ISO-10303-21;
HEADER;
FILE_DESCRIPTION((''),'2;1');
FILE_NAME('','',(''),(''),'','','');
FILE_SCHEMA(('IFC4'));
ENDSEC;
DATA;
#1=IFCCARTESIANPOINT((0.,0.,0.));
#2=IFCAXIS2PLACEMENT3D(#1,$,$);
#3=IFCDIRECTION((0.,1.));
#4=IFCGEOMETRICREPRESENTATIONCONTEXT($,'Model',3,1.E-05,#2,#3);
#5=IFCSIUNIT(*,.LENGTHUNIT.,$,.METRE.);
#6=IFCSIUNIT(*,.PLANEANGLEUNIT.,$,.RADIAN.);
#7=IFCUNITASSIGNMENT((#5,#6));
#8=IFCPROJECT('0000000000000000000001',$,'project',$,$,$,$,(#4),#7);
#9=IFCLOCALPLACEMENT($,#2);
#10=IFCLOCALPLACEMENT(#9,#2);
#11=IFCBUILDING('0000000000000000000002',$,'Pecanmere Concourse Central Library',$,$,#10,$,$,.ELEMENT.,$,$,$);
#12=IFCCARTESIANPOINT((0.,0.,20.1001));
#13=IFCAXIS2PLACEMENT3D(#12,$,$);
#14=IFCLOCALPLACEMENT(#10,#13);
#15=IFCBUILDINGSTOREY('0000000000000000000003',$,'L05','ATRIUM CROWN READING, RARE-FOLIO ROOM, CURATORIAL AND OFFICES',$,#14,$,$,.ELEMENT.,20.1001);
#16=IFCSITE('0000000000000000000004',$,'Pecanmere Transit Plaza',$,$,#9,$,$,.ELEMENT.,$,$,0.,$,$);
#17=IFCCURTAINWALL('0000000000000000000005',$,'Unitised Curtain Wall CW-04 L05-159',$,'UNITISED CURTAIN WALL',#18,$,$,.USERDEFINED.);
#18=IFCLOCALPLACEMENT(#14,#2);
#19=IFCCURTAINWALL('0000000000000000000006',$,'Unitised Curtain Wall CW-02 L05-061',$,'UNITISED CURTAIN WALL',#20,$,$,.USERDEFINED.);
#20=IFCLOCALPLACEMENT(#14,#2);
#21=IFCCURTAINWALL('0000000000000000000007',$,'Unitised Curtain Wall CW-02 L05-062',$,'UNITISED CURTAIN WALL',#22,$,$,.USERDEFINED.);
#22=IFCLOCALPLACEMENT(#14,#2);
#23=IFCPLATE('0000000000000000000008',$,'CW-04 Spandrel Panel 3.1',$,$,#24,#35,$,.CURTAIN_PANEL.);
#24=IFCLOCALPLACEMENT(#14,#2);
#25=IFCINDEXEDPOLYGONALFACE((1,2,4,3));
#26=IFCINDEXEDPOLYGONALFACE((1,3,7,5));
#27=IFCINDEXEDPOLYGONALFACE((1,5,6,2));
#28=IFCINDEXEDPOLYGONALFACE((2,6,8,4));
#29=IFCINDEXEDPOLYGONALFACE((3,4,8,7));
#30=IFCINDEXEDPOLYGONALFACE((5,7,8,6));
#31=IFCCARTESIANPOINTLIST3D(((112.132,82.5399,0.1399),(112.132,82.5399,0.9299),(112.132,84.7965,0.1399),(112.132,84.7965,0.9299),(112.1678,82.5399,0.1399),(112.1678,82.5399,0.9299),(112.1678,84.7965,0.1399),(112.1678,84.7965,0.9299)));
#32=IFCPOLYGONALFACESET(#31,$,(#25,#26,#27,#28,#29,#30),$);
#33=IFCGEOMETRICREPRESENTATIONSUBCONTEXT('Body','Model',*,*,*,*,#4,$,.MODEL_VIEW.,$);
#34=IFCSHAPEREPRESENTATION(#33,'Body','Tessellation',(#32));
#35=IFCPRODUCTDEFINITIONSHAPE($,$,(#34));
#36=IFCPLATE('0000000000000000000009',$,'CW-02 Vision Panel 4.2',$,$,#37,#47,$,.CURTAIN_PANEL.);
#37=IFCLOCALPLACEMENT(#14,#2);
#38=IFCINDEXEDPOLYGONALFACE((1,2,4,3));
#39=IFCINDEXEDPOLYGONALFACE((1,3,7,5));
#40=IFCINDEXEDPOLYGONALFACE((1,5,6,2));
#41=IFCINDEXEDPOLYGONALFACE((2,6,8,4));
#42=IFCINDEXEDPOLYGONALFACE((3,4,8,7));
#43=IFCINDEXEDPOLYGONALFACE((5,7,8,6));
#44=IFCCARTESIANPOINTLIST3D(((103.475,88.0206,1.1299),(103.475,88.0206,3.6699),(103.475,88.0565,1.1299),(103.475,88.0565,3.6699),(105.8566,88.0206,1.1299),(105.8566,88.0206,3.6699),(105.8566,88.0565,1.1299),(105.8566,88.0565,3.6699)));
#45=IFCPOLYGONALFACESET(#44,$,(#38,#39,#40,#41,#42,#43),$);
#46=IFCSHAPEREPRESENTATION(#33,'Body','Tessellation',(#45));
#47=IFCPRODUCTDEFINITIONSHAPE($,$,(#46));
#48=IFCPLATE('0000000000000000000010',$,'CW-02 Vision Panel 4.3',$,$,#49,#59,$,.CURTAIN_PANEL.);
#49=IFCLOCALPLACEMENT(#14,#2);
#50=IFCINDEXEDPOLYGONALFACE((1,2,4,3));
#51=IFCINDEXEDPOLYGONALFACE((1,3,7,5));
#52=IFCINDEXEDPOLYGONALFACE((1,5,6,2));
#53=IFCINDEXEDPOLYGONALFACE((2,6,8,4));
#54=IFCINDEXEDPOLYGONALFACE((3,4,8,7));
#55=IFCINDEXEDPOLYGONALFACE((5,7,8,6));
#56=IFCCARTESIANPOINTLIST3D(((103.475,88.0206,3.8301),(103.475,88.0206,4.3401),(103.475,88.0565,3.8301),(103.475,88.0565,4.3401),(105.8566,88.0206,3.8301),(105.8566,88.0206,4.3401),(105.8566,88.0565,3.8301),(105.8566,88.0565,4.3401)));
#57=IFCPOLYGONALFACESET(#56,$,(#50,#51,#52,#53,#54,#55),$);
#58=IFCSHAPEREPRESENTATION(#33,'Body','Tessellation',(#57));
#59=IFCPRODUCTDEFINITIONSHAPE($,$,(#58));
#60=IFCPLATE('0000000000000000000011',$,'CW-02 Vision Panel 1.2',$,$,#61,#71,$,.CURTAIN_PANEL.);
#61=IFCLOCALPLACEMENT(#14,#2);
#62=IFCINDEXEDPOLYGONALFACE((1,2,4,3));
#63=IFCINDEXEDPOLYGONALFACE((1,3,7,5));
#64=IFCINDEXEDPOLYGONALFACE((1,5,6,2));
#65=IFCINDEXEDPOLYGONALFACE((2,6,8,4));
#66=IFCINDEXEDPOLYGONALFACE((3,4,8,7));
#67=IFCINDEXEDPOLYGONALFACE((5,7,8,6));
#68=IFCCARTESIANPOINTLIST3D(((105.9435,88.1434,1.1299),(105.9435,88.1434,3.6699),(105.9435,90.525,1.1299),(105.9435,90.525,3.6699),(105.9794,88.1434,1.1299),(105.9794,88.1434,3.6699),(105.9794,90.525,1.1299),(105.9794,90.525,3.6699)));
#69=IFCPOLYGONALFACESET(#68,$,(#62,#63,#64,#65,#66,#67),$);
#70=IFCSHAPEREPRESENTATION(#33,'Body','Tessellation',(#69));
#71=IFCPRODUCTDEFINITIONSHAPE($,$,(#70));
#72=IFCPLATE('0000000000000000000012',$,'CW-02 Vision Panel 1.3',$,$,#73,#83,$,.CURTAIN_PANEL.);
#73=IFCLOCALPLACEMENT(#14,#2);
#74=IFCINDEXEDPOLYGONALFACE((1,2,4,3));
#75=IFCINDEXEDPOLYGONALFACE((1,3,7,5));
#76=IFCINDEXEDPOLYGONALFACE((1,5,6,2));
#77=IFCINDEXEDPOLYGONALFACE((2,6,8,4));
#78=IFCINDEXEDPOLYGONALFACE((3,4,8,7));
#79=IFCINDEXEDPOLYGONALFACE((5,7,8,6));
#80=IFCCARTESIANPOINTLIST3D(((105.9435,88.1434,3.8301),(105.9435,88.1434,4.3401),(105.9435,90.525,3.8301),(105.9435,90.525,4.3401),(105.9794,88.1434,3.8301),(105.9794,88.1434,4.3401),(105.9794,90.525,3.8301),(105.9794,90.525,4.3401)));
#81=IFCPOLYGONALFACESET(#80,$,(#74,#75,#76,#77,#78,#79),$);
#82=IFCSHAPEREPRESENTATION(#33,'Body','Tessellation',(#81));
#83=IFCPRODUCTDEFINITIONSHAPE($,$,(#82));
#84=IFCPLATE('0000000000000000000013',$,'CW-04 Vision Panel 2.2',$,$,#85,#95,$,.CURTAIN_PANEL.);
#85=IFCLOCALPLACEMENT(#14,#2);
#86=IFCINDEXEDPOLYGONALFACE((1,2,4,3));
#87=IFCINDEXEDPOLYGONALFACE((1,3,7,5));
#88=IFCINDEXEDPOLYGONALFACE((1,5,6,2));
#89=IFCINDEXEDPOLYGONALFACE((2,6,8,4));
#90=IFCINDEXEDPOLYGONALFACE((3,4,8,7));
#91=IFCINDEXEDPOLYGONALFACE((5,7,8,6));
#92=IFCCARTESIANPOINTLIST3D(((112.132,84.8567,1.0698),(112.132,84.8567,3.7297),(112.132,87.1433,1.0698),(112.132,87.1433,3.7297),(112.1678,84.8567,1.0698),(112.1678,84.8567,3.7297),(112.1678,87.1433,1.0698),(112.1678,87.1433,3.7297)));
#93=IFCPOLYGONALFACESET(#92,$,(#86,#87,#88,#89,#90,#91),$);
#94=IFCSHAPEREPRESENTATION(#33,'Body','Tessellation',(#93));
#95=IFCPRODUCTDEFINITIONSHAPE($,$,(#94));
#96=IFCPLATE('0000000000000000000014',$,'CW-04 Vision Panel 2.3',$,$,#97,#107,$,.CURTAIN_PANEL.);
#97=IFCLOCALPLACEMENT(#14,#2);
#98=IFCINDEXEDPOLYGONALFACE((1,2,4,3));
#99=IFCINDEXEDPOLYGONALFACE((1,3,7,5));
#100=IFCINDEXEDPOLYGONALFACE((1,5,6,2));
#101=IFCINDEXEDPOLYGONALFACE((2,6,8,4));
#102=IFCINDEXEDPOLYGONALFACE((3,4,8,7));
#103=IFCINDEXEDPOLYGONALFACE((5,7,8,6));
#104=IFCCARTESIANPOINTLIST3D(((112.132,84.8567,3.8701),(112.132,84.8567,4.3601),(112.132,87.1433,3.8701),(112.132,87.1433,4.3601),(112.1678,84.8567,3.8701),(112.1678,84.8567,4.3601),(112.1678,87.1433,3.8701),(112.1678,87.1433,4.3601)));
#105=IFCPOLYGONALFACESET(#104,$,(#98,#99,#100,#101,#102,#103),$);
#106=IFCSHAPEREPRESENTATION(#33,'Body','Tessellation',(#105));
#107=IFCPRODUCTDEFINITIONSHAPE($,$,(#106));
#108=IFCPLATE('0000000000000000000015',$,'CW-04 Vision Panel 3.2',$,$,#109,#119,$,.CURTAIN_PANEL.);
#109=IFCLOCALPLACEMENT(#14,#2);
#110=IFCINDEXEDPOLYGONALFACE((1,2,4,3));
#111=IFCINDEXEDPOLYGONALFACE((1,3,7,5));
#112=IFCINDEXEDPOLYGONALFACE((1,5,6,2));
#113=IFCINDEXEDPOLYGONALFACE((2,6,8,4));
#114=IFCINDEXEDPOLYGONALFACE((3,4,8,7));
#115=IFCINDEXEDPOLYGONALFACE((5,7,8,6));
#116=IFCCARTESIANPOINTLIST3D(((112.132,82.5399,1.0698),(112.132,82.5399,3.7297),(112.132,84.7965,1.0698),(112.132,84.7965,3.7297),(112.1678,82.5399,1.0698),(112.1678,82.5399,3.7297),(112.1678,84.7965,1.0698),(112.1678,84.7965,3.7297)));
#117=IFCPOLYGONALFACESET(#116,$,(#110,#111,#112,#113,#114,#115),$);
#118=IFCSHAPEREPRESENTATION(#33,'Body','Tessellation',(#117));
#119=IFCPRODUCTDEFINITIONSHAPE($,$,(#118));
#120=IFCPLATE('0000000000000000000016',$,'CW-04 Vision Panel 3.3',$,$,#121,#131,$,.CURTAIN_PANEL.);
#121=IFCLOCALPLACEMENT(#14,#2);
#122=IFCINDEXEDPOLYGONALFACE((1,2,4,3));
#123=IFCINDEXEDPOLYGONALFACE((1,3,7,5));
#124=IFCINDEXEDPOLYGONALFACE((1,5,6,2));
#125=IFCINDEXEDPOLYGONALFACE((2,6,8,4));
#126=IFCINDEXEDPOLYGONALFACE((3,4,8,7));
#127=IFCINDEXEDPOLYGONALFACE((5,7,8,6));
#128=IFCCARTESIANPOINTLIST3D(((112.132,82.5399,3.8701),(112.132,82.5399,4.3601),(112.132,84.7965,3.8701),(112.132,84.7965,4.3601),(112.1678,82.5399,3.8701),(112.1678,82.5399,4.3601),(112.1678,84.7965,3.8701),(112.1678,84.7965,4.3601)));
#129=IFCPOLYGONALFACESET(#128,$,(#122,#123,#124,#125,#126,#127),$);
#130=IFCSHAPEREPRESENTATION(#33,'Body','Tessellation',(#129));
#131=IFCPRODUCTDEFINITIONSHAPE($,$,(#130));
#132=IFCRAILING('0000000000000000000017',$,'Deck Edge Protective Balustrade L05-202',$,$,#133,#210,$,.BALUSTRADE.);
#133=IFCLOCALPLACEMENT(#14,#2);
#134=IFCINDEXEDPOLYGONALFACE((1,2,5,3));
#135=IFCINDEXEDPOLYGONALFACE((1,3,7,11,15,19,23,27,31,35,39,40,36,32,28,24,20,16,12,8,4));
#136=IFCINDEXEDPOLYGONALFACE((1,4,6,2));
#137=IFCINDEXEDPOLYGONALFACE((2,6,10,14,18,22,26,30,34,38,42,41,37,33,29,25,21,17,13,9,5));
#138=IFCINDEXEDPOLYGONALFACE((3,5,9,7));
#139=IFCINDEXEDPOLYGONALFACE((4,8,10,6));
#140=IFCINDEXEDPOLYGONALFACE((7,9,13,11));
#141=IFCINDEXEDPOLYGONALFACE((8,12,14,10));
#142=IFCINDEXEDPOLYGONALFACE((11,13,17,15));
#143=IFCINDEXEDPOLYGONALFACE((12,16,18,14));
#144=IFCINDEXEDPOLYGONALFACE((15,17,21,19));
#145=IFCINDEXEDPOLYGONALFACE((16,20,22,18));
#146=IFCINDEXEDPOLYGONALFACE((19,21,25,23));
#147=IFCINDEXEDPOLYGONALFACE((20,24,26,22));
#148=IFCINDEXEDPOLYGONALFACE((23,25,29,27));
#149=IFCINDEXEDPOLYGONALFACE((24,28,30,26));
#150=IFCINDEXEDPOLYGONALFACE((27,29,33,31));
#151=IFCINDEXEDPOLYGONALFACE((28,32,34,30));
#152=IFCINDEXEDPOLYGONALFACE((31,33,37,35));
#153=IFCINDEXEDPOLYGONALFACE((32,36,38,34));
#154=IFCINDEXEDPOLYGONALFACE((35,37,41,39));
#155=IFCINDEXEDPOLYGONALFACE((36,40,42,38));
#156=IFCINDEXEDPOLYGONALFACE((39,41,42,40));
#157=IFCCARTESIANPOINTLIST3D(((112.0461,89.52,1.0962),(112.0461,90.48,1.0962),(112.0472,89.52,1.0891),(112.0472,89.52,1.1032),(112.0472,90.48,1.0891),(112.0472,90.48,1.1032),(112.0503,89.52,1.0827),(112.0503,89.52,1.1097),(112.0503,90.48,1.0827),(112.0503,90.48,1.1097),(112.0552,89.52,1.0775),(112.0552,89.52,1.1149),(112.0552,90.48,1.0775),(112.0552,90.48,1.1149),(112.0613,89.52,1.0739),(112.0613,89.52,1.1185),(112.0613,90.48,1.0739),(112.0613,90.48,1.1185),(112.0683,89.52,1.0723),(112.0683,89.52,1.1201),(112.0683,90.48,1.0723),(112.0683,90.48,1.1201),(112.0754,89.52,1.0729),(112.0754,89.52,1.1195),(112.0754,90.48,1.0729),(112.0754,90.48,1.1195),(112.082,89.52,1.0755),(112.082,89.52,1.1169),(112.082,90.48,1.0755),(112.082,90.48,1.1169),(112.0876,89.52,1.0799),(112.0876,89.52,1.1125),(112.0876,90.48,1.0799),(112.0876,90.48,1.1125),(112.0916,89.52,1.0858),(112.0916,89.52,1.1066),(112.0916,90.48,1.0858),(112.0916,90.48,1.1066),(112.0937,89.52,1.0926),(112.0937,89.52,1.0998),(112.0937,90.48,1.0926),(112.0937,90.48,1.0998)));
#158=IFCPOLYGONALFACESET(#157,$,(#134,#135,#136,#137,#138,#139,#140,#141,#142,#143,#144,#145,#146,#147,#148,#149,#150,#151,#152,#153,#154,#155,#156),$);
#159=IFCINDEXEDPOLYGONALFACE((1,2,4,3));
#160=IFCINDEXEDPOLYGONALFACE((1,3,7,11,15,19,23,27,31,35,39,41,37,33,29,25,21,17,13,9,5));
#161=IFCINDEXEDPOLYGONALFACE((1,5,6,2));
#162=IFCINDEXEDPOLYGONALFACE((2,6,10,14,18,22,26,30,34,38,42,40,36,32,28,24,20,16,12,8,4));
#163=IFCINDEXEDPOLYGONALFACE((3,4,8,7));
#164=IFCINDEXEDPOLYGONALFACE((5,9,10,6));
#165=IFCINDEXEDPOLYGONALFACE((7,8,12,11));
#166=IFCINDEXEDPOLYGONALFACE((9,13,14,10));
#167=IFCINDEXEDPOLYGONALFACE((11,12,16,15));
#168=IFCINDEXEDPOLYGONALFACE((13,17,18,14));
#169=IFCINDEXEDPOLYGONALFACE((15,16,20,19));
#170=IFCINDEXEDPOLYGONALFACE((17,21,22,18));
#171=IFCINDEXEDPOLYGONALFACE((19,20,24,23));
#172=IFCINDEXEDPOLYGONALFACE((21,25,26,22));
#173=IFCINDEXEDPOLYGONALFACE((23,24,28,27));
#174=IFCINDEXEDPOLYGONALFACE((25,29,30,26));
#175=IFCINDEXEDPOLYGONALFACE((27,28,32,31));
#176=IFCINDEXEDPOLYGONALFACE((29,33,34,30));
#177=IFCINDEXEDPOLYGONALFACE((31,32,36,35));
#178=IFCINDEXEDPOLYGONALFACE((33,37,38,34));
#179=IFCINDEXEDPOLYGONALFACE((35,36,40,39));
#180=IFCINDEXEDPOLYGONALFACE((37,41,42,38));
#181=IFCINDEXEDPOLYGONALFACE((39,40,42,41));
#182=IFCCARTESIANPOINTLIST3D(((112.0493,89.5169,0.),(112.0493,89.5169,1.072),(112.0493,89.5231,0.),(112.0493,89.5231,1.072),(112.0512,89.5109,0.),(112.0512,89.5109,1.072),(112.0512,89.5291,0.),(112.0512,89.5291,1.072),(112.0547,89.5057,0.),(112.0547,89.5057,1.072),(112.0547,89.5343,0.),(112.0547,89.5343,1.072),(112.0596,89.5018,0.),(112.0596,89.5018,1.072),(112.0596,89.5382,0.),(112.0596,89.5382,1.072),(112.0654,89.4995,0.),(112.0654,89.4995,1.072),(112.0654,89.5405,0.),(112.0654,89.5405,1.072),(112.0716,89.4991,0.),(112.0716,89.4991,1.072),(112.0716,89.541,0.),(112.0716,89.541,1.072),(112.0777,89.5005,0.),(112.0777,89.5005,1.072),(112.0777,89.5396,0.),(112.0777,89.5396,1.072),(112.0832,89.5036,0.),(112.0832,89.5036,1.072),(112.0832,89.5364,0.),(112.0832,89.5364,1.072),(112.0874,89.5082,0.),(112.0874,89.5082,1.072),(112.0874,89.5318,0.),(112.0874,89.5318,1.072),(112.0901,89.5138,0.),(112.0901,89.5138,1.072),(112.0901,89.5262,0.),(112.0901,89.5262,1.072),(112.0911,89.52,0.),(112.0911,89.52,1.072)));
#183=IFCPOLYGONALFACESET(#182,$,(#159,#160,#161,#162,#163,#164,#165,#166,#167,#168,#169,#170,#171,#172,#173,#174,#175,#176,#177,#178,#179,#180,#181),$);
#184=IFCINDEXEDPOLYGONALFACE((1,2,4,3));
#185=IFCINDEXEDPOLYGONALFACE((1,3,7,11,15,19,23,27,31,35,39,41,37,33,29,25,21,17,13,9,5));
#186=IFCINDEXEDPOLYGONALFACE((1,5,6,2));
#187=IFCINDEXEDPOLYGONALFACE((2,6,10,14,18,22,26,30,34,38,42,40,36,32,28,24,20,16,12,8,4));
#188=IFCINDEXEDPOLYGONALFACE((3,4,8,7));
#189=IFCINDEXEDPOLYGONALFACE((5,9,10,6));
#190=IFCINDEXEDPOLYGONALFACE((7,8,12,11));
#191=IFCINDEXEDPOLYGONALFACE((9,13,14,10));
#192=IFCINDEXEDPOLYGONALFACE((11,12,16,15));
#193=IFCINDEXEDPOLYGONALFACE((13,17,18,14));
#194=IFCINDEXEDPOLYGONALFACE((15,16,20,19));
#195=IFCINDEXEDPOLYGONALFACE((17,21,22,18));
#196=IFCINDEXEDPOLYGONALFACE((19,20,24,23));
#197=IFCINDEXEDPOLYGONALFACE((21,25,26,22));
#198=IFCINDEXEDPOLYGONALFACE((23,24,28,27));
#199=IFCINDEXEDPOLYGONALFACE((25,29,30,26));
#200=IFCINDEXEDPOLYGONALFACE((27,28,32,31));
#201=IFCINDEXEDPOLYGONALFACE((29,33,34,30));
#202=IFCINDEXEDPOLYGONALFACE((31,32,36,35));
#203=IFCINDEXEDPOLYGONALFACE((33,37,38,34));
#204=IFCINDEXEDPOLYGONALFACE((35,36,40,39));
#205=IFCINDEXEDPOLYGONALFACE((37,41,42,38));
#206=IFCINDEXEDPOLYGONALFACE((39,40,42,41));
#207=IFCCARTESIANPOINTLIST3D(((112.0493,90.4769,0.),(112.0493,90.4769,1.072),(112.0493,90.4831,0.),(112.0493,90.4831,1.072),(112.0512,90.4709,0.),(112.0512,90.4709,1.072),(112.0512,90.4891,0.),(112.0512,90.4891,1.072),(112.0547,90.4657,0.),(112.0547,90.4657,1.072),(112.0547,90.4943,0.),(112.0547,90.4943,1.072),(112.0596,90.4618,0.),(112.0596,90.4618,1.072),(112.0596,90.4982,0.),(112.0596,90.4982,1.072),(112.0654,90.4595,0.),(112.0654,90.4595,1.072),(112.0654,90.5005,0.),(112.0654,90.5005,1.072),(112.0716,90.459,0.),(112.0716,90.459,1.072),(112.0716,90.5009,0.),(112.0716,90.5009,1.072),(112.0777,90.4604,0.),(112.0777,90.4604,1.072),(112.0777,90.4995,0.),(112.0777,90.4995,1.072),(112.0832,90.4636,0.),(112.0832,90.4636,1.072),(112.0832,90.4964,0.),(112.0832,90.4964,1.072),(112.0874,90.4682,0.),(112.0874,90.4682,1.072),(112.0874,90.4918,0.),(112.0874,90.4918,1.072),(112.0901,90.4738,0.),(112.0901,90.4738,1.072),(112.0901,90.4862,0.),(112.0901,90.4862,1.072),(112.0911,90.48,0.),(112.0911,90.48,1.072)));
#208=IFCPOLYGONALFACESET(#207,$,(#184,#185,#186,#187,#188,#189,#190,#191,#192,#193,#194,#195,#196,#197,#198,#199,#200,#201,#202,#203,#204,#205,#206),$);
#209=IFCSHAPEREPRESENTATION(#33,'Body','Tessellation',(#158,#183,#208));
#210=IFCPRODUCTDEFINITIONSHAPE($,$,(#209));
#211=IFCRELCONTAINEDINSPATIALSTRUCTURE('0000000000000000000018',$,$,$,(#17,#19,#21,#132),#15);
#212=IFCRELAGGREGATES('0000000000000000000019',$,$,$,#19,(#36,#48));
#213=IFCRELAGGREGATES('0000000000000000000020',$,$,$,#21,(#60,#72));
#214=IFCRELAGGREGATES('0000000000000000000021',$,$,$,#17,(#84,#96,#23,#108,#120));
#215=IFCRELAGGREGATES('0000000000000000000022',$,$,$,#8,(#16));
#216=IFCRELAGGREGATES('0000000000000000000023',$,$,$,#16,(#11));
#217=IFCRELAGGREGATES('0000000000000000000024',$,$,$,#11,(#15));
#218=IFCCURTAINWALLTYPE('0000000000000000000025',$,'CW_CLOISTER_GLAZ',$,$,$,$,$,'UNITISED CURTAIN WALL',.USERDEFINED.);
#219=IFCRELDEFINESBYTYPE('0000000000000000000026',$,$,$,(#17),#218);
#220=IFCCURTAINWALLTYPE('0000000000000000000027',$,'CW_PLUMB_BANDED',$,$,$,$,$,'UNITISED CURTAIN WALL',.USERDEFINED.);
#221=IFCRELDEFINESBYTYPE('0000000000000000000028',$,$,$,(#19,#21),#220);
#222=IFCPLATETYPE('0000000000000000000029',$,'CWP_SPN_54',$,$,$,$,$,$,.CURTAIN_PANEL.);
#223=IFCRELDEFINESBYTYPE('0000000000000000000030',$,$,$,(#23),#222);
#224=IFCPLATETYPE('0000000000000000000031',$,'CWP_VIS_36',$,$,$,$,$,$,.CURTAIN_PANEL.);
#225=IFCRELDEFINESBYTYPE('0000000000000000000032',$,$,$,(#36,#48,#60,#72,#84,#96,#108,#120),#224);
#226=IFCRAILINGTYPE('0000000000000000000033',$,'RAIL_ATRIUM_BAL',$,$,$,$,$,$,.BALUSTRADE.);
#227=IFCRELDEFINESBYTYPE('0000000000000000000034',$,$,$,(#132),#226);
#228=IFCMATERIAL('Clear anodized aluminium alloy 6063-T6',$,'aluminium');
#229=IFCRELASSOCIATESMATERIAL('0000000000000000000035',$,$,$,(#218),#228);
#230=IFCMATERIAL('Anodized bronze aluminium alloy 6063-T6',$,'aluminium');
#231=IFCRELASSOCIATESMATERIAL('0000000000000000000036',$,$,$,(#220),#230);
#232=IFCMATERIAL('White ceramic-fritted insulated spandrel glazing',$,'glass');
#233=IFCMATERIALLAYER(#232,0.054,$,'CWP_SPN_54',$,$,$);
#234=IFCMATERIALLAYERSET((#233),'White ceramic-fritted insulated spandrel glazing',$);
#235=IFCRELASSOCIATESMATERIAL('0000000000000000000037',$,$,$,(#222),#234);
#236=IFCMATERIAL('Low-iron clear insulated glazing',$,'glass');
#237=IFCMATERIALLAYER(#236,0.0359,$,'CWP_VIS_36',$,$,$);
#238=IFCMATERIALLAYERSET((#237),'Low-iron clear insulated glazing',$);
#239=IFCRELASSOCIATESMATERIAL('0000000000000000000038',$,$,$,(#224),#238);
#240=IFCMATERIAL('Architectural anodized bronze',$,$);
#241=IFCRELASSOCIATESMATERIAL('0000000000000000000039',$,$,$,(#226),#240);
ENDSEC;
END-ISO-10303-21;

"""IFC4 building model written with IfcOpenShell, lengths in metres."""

from ifc_helpers import new_model, si_unit, direction, frame, origin, origin_2d, place, context, subcontext, project, spatial, rectangle, circle, extrude, material, layer, layer_set, type_object, element, aggregate, save


model = new_model("IFC4")

# Units and contexts
model_context = context("Model", 3, precision=1e-05, world=origin(), true_north=direction((0.0, 1.0)))
body_context = subcontext(model_context, "Body", "Model", "MODEL_VIEW")
ifc_project = project(units=[si_unit("LENGTHUNIT", "METRE"), si_unit("PLANEANGLEUNIT", "RADIAN")], contexts=[model_context])

# Site, building, storey
site_placement = place(None, origin())
site = spatial("IfcSite", under=ifc_project, at=site_placement, Name="Pecanmere Transit Plaza", CompositionType="ELEMENT", RefElevation=0.0)
building_placement = place(site_placement, origin())
building = spatial("IfcBuilding", under=site, at=building_placement, Name="Pecanmere Concourse Central Library", CompositionType="ELEMENT")
storey_placement = place(building_placement, frame((0.0, 0.0, 20.1001)))
storey = spatial("IfcBuildingStorey", under=building, at=storey_placement, Name="L05", Description="ATRIUM CROWN READING, RARE-FOLIO ROOM, CURATORIAL AND OFFICES", CompositionType="ELEMENT", Elevation=20.1001)

# Curtain wall
ifc_material_1 = material(Name="Clear anodized aluminium alloy 6063-T6", Category="aluminium")
curtain_wall_type_1 = type_object("IfcCurtainWallType", Name="CW_CLOISTER_GLAZ", ElementType="UNITISED CURTAIN WALL", PredefinedType="USERDEFINED", material=ifc_material_1)
curtain_wall_1_placement = place(storey_placement, origin())
curtain_wall_1 = element("IfcCurtainWall", 1, at=curtain_wall_1_placement, inside=storey, type_object=curtain_wall_type_1, Name="Unitised Curtain Wall CW-04 L05-159", ObjectType="UNITISED CURTAIN WALL", PredefinedType="USERDEFINED")

# Curtain wall
ifc_material_2 = material(Name="Anodized bronze aluminium alloy 6063-T6", Category="aluminium")
curtain_wall_type_2 = type_object("IfcCurtainWallType", Name="CW_PLUMB_BANDED", ElementType="UNITISED CURTAIN WALL", PredefinedType="USERDEFINED", material=ifc_material_2)
curtain_wall_2_placement = place(storey_placement, origin())
curtain_wall_2 = element("IfcCurtainWall", 2, at=curtain_wall_2_placement, inside=storey, type_object=curtain_wall_type_2, Name="Unitised Curtain Wall CW-02 L05-061", ObjectType="UNITISED CURTAIN WALL", PredefinedType="USERDEFINED")

# Curtain wall
curtain_wall_3_placement = place(storey_placement, origin())
curtain_wall_3 = element("IfcCurtainWall", 3, at=curtain_wall_3_placement, inside=storey, type_object=curtain_wall_type_2, Name="Unitised Curtain Wall CW-02 L05-062", ObjectType="UNITISED CURTAIN WALL", PredefinedType="USERDEFINED")

# Plates
ifc_material_3 = material(Name="White ceramic-fritted insulated spandrel glazing", Category="glass")
ifc_layer_1 = layer(ifc_material_3, 0.054, Name="CWP_SPN_54")
ifc_layer_set_1 = layer_set([ifc_layer_1], Name="White ceramic-fritted insulated spandrel glazing")
plate_type_1 = type_object("IfcPlateType", Name="CWP_SPN_54", PredefinedType="CURTAIN_PANEL", material=ifc_layer_set_1)
plate_1_placement = place(storey_placement, frame((112.1499, 83.6682, 0.1399), z_axis=(0.0, 0.0, 1.0), x_axis=(0.0, -1.0, 0.0)))
plate_1 = element("IfcPlate", 4, at=plate_1_placement, type_object=plate_type_1, Name="CW-04 Spandrel Panel 3.1", PredefinedType="CURTAIN_PANEL", context=body_context, shape_type="SweptSolid", body=[
    extrude(rectangle(XDim=2.2566, YDim=0.0359, at=origin_2d()), origin(), (0.0, 0.0, 1.0), 0.79),
])
ifc_material_4 = material(Name="Low-iron clear insulated glazing", Category="glass")
ifc_layer_2 = layer(ifc_material_4, 0.0359, Name="CWP_VIS_36")
ifc_layer_set_2 = layer_set([ifc_layer_2], Name="Low-iron clear insulated glazing")
plate_type_2 = type_object("IfcPlateType", Name="CWP_VIS_36", PredefinedType="CURTAIN_PANEL", material=ifc_layer_set_2)
plate_2_placement = place(storey_placement, frame((104.6658, 88.0386, 1.1299), z_axis=(0.0, 0.0, 1.0), x_axis=(1.0, 0.0, 0.0)))
plate_2 = element("IfcPlate", 5, at=plate_2_placement, type_object=plate_type_2, Name="CW-02 Vision Panel 4.2", PredefinedType="CURTAIN_PANEL", context=body_context, shape_type="SweptSolid", body=[
    extrude(rectangle(XDim=2.3816, YDim=0.0359, at=origin_2d()), origin(), (0.0, 0.0, 1.0), 2.54),
])
plate_3_placement = place(storey_placement, frame((104.6658, 88.0386, 3.8301), z_axis=(0.0, 0.0, 1.0), x_axis=(1.0, 0.0, 0.0)))
plate_3 = element("IfcPlate", 6, at=plate_3_placement, type_object=plate_type_2, Name="CW-02 Vision Panel 4.3", PredefinedType="CURTAIN_PANEL", context=body_context, shape_type="SweptSolid", body=[
    extrude(rectangle(XDim=2.3816, YDim=0.0359, at=origin_2d()), origin(), (0.0, 0.0, 1.0), 0.51),
])
aggregate(curtain_wall_2, [plate_2, plate_3])
plate_4_placement = place(storey_placement, frame((105.9614, 89.3342, 1.1299), z_axis=(0.0, 0.0, 1.0), x_axis=(0.0, 1.0, 0.0)))
plate_4 = element("IfcPlate", 7, at=plate_4_placement, type_object=plate_type_2, Name="CW-02 Vision Panel 1.2", PredefinedType="CURTAIN_PANEL", context=body_context, shape_type="SweptSolid", body=[
    extrude(rectangle(XDim=2.3816, YDim=0.0359, at=origin_2d()), origin(), (0.0, 0.0, 1.0), 2.54),
])
plate_5_placement = place(storey_placement, frame((105.9614, 89.3342, 3.8301), z_axis=(0.0, 0.0, 1.0), x_axis=(0.0, 1.0, 0.0)))
plate_5 = element("IfcPlate", 8, at=plate_5_placement, type_object=plate_type_2, Name="CW-02 Vision Panel 1.3", PredefinedType="CURTAIN_PANEL", context=body_context, shape_type="SweptSolid", body=[
    extrude(rectangle(XDim=2.3816, YDim=0.0359, at=origin_2d()), origin(), (0.0, 0.0, 1.0), 0.51),
])
aggregate(curtain_wall_3, [plate_4, plate_5])
plate_6_placement = place(storey_placement, frame((112.1499, 86.0, 1.0698), z_axis=(0.0, 0.0, 1.0), x_axis=(0.0, -1.0, 0.0)))
plate_6 = element("IfcPlate", 9, at=plate_6_placement, type_object=plate_type_2, Name="CW-04 Vision Panel 2.2", PredefinedType="CURTAIN_PANEL", context=body_context, shape_type="SweptSolid", body=[
    extrude(rectangle(XDim=2.2866, YDim=0.0359, at=origin_2d()), origin(), (0.0, 0.0, 1.0), 2.6599),
])
plate_7_placement = place(storey_placement, frame((112.1499, 86.0, 3.8701), z_axis=(0.0, 0.0, 1.0), x_axis=(0.0, -1.0, 0.0)))
plate_7 = element("IfcPlate", 10, at=plate_7_placement, type_object=plate_type_2, Name="CW-04 Vision Panel 2.3", PredefinedType="CURTAIN_PANEL", context=body_context, shape_type="SweptSolid", body=[
    extrude(rectangle(XDim=2.2866, YDim=0.0359, at=origin_2d()), origin(), (0.0, 0.0, 1.0), 0.49),
])
plate_8_placement = place(storey_placement, frame((112.1499, 83.6682, 1.0698), z_axis=(0.0, 0.0, 1.0), x_axis=(0.0, -1.0, 0.0)))
plate_8 = element("IfcPlate", 11, at=plate_8_placement, type_object=plate_type_2, Name="CW-04 Vision Panel 3.2", PredefinedType="CURTAIN_PANEL", context=body_context, shape_type="SweptSolid", body=[
    extrude(rectangle(XDim=2.2566, YDim=0.0359, at=origin_2d()), origin(), (0.0, 0.0, 1.0), 2.6599),
])
plate_9_placement = place(storey_placement, frame((112.1499, 83.6682, 3.8701), z_axis=(0.0, 0.0, 1.0), x_axis=(0.0, -1.0, 0.0)))
plate_9 = element("IfcPlate", 12, at=plate_9_placement, type_object=plate_type_2, Name="CW-04 Vision Panel 3.3", PredefinedType="CURTAIN_PANEL", context=body_context, shape_type="SweptSolid", body=[
    extrude(rectangle(XDim=2.2566, YDim=0.0359, at=origin_2d()), origin(), (0.0, 0.0, 1.0), 0.49),
])
aggregate(curtain_wall_1, [plate_6, plate_7, plate_1, plate_8, plate_9])

# Railing
ifc_material_5 = material(Name="Architectural anodized bronze")
railing_type = type_object("IfcRailingType", Name="RAIL_ATRIUM_BAL", PredefinedType="BALUSTRADE", material=ifc_material_5)
railing_placement = place(storey_placement, frame((112.0701, 89.52, 0.0)))
element("IfcRailing", 13, at=railing_placement, inside=storey, type_object=railing_type, Name="Deck Edge Protective Balustrade L05-202", PredefinedType="BALUSTRADE", context=body_context, shape_type="SweptSolid", body=[
    extrude(circle(Radius=0.0239, at=origin_2d()), frame((0.0, 0.0, 1.0962), z_axis=(0.0, 1.0, 0.0), x_axis=(-1.0, 0.0, 0.0)), (0.0, 0.0, 1.0), 0.96),
    extrude(circle(Radius=0.021, at=origin_2d()), origin(), (0.0, 0.0, 1.0), 1.072),
    extrude(circle(Radius=0.021, at=origin_2d()), frame((0.0, 0.96, 0.0)), (0.0, 0.0, 1.0), 1.072),
])

save(model, "model.ifc")
